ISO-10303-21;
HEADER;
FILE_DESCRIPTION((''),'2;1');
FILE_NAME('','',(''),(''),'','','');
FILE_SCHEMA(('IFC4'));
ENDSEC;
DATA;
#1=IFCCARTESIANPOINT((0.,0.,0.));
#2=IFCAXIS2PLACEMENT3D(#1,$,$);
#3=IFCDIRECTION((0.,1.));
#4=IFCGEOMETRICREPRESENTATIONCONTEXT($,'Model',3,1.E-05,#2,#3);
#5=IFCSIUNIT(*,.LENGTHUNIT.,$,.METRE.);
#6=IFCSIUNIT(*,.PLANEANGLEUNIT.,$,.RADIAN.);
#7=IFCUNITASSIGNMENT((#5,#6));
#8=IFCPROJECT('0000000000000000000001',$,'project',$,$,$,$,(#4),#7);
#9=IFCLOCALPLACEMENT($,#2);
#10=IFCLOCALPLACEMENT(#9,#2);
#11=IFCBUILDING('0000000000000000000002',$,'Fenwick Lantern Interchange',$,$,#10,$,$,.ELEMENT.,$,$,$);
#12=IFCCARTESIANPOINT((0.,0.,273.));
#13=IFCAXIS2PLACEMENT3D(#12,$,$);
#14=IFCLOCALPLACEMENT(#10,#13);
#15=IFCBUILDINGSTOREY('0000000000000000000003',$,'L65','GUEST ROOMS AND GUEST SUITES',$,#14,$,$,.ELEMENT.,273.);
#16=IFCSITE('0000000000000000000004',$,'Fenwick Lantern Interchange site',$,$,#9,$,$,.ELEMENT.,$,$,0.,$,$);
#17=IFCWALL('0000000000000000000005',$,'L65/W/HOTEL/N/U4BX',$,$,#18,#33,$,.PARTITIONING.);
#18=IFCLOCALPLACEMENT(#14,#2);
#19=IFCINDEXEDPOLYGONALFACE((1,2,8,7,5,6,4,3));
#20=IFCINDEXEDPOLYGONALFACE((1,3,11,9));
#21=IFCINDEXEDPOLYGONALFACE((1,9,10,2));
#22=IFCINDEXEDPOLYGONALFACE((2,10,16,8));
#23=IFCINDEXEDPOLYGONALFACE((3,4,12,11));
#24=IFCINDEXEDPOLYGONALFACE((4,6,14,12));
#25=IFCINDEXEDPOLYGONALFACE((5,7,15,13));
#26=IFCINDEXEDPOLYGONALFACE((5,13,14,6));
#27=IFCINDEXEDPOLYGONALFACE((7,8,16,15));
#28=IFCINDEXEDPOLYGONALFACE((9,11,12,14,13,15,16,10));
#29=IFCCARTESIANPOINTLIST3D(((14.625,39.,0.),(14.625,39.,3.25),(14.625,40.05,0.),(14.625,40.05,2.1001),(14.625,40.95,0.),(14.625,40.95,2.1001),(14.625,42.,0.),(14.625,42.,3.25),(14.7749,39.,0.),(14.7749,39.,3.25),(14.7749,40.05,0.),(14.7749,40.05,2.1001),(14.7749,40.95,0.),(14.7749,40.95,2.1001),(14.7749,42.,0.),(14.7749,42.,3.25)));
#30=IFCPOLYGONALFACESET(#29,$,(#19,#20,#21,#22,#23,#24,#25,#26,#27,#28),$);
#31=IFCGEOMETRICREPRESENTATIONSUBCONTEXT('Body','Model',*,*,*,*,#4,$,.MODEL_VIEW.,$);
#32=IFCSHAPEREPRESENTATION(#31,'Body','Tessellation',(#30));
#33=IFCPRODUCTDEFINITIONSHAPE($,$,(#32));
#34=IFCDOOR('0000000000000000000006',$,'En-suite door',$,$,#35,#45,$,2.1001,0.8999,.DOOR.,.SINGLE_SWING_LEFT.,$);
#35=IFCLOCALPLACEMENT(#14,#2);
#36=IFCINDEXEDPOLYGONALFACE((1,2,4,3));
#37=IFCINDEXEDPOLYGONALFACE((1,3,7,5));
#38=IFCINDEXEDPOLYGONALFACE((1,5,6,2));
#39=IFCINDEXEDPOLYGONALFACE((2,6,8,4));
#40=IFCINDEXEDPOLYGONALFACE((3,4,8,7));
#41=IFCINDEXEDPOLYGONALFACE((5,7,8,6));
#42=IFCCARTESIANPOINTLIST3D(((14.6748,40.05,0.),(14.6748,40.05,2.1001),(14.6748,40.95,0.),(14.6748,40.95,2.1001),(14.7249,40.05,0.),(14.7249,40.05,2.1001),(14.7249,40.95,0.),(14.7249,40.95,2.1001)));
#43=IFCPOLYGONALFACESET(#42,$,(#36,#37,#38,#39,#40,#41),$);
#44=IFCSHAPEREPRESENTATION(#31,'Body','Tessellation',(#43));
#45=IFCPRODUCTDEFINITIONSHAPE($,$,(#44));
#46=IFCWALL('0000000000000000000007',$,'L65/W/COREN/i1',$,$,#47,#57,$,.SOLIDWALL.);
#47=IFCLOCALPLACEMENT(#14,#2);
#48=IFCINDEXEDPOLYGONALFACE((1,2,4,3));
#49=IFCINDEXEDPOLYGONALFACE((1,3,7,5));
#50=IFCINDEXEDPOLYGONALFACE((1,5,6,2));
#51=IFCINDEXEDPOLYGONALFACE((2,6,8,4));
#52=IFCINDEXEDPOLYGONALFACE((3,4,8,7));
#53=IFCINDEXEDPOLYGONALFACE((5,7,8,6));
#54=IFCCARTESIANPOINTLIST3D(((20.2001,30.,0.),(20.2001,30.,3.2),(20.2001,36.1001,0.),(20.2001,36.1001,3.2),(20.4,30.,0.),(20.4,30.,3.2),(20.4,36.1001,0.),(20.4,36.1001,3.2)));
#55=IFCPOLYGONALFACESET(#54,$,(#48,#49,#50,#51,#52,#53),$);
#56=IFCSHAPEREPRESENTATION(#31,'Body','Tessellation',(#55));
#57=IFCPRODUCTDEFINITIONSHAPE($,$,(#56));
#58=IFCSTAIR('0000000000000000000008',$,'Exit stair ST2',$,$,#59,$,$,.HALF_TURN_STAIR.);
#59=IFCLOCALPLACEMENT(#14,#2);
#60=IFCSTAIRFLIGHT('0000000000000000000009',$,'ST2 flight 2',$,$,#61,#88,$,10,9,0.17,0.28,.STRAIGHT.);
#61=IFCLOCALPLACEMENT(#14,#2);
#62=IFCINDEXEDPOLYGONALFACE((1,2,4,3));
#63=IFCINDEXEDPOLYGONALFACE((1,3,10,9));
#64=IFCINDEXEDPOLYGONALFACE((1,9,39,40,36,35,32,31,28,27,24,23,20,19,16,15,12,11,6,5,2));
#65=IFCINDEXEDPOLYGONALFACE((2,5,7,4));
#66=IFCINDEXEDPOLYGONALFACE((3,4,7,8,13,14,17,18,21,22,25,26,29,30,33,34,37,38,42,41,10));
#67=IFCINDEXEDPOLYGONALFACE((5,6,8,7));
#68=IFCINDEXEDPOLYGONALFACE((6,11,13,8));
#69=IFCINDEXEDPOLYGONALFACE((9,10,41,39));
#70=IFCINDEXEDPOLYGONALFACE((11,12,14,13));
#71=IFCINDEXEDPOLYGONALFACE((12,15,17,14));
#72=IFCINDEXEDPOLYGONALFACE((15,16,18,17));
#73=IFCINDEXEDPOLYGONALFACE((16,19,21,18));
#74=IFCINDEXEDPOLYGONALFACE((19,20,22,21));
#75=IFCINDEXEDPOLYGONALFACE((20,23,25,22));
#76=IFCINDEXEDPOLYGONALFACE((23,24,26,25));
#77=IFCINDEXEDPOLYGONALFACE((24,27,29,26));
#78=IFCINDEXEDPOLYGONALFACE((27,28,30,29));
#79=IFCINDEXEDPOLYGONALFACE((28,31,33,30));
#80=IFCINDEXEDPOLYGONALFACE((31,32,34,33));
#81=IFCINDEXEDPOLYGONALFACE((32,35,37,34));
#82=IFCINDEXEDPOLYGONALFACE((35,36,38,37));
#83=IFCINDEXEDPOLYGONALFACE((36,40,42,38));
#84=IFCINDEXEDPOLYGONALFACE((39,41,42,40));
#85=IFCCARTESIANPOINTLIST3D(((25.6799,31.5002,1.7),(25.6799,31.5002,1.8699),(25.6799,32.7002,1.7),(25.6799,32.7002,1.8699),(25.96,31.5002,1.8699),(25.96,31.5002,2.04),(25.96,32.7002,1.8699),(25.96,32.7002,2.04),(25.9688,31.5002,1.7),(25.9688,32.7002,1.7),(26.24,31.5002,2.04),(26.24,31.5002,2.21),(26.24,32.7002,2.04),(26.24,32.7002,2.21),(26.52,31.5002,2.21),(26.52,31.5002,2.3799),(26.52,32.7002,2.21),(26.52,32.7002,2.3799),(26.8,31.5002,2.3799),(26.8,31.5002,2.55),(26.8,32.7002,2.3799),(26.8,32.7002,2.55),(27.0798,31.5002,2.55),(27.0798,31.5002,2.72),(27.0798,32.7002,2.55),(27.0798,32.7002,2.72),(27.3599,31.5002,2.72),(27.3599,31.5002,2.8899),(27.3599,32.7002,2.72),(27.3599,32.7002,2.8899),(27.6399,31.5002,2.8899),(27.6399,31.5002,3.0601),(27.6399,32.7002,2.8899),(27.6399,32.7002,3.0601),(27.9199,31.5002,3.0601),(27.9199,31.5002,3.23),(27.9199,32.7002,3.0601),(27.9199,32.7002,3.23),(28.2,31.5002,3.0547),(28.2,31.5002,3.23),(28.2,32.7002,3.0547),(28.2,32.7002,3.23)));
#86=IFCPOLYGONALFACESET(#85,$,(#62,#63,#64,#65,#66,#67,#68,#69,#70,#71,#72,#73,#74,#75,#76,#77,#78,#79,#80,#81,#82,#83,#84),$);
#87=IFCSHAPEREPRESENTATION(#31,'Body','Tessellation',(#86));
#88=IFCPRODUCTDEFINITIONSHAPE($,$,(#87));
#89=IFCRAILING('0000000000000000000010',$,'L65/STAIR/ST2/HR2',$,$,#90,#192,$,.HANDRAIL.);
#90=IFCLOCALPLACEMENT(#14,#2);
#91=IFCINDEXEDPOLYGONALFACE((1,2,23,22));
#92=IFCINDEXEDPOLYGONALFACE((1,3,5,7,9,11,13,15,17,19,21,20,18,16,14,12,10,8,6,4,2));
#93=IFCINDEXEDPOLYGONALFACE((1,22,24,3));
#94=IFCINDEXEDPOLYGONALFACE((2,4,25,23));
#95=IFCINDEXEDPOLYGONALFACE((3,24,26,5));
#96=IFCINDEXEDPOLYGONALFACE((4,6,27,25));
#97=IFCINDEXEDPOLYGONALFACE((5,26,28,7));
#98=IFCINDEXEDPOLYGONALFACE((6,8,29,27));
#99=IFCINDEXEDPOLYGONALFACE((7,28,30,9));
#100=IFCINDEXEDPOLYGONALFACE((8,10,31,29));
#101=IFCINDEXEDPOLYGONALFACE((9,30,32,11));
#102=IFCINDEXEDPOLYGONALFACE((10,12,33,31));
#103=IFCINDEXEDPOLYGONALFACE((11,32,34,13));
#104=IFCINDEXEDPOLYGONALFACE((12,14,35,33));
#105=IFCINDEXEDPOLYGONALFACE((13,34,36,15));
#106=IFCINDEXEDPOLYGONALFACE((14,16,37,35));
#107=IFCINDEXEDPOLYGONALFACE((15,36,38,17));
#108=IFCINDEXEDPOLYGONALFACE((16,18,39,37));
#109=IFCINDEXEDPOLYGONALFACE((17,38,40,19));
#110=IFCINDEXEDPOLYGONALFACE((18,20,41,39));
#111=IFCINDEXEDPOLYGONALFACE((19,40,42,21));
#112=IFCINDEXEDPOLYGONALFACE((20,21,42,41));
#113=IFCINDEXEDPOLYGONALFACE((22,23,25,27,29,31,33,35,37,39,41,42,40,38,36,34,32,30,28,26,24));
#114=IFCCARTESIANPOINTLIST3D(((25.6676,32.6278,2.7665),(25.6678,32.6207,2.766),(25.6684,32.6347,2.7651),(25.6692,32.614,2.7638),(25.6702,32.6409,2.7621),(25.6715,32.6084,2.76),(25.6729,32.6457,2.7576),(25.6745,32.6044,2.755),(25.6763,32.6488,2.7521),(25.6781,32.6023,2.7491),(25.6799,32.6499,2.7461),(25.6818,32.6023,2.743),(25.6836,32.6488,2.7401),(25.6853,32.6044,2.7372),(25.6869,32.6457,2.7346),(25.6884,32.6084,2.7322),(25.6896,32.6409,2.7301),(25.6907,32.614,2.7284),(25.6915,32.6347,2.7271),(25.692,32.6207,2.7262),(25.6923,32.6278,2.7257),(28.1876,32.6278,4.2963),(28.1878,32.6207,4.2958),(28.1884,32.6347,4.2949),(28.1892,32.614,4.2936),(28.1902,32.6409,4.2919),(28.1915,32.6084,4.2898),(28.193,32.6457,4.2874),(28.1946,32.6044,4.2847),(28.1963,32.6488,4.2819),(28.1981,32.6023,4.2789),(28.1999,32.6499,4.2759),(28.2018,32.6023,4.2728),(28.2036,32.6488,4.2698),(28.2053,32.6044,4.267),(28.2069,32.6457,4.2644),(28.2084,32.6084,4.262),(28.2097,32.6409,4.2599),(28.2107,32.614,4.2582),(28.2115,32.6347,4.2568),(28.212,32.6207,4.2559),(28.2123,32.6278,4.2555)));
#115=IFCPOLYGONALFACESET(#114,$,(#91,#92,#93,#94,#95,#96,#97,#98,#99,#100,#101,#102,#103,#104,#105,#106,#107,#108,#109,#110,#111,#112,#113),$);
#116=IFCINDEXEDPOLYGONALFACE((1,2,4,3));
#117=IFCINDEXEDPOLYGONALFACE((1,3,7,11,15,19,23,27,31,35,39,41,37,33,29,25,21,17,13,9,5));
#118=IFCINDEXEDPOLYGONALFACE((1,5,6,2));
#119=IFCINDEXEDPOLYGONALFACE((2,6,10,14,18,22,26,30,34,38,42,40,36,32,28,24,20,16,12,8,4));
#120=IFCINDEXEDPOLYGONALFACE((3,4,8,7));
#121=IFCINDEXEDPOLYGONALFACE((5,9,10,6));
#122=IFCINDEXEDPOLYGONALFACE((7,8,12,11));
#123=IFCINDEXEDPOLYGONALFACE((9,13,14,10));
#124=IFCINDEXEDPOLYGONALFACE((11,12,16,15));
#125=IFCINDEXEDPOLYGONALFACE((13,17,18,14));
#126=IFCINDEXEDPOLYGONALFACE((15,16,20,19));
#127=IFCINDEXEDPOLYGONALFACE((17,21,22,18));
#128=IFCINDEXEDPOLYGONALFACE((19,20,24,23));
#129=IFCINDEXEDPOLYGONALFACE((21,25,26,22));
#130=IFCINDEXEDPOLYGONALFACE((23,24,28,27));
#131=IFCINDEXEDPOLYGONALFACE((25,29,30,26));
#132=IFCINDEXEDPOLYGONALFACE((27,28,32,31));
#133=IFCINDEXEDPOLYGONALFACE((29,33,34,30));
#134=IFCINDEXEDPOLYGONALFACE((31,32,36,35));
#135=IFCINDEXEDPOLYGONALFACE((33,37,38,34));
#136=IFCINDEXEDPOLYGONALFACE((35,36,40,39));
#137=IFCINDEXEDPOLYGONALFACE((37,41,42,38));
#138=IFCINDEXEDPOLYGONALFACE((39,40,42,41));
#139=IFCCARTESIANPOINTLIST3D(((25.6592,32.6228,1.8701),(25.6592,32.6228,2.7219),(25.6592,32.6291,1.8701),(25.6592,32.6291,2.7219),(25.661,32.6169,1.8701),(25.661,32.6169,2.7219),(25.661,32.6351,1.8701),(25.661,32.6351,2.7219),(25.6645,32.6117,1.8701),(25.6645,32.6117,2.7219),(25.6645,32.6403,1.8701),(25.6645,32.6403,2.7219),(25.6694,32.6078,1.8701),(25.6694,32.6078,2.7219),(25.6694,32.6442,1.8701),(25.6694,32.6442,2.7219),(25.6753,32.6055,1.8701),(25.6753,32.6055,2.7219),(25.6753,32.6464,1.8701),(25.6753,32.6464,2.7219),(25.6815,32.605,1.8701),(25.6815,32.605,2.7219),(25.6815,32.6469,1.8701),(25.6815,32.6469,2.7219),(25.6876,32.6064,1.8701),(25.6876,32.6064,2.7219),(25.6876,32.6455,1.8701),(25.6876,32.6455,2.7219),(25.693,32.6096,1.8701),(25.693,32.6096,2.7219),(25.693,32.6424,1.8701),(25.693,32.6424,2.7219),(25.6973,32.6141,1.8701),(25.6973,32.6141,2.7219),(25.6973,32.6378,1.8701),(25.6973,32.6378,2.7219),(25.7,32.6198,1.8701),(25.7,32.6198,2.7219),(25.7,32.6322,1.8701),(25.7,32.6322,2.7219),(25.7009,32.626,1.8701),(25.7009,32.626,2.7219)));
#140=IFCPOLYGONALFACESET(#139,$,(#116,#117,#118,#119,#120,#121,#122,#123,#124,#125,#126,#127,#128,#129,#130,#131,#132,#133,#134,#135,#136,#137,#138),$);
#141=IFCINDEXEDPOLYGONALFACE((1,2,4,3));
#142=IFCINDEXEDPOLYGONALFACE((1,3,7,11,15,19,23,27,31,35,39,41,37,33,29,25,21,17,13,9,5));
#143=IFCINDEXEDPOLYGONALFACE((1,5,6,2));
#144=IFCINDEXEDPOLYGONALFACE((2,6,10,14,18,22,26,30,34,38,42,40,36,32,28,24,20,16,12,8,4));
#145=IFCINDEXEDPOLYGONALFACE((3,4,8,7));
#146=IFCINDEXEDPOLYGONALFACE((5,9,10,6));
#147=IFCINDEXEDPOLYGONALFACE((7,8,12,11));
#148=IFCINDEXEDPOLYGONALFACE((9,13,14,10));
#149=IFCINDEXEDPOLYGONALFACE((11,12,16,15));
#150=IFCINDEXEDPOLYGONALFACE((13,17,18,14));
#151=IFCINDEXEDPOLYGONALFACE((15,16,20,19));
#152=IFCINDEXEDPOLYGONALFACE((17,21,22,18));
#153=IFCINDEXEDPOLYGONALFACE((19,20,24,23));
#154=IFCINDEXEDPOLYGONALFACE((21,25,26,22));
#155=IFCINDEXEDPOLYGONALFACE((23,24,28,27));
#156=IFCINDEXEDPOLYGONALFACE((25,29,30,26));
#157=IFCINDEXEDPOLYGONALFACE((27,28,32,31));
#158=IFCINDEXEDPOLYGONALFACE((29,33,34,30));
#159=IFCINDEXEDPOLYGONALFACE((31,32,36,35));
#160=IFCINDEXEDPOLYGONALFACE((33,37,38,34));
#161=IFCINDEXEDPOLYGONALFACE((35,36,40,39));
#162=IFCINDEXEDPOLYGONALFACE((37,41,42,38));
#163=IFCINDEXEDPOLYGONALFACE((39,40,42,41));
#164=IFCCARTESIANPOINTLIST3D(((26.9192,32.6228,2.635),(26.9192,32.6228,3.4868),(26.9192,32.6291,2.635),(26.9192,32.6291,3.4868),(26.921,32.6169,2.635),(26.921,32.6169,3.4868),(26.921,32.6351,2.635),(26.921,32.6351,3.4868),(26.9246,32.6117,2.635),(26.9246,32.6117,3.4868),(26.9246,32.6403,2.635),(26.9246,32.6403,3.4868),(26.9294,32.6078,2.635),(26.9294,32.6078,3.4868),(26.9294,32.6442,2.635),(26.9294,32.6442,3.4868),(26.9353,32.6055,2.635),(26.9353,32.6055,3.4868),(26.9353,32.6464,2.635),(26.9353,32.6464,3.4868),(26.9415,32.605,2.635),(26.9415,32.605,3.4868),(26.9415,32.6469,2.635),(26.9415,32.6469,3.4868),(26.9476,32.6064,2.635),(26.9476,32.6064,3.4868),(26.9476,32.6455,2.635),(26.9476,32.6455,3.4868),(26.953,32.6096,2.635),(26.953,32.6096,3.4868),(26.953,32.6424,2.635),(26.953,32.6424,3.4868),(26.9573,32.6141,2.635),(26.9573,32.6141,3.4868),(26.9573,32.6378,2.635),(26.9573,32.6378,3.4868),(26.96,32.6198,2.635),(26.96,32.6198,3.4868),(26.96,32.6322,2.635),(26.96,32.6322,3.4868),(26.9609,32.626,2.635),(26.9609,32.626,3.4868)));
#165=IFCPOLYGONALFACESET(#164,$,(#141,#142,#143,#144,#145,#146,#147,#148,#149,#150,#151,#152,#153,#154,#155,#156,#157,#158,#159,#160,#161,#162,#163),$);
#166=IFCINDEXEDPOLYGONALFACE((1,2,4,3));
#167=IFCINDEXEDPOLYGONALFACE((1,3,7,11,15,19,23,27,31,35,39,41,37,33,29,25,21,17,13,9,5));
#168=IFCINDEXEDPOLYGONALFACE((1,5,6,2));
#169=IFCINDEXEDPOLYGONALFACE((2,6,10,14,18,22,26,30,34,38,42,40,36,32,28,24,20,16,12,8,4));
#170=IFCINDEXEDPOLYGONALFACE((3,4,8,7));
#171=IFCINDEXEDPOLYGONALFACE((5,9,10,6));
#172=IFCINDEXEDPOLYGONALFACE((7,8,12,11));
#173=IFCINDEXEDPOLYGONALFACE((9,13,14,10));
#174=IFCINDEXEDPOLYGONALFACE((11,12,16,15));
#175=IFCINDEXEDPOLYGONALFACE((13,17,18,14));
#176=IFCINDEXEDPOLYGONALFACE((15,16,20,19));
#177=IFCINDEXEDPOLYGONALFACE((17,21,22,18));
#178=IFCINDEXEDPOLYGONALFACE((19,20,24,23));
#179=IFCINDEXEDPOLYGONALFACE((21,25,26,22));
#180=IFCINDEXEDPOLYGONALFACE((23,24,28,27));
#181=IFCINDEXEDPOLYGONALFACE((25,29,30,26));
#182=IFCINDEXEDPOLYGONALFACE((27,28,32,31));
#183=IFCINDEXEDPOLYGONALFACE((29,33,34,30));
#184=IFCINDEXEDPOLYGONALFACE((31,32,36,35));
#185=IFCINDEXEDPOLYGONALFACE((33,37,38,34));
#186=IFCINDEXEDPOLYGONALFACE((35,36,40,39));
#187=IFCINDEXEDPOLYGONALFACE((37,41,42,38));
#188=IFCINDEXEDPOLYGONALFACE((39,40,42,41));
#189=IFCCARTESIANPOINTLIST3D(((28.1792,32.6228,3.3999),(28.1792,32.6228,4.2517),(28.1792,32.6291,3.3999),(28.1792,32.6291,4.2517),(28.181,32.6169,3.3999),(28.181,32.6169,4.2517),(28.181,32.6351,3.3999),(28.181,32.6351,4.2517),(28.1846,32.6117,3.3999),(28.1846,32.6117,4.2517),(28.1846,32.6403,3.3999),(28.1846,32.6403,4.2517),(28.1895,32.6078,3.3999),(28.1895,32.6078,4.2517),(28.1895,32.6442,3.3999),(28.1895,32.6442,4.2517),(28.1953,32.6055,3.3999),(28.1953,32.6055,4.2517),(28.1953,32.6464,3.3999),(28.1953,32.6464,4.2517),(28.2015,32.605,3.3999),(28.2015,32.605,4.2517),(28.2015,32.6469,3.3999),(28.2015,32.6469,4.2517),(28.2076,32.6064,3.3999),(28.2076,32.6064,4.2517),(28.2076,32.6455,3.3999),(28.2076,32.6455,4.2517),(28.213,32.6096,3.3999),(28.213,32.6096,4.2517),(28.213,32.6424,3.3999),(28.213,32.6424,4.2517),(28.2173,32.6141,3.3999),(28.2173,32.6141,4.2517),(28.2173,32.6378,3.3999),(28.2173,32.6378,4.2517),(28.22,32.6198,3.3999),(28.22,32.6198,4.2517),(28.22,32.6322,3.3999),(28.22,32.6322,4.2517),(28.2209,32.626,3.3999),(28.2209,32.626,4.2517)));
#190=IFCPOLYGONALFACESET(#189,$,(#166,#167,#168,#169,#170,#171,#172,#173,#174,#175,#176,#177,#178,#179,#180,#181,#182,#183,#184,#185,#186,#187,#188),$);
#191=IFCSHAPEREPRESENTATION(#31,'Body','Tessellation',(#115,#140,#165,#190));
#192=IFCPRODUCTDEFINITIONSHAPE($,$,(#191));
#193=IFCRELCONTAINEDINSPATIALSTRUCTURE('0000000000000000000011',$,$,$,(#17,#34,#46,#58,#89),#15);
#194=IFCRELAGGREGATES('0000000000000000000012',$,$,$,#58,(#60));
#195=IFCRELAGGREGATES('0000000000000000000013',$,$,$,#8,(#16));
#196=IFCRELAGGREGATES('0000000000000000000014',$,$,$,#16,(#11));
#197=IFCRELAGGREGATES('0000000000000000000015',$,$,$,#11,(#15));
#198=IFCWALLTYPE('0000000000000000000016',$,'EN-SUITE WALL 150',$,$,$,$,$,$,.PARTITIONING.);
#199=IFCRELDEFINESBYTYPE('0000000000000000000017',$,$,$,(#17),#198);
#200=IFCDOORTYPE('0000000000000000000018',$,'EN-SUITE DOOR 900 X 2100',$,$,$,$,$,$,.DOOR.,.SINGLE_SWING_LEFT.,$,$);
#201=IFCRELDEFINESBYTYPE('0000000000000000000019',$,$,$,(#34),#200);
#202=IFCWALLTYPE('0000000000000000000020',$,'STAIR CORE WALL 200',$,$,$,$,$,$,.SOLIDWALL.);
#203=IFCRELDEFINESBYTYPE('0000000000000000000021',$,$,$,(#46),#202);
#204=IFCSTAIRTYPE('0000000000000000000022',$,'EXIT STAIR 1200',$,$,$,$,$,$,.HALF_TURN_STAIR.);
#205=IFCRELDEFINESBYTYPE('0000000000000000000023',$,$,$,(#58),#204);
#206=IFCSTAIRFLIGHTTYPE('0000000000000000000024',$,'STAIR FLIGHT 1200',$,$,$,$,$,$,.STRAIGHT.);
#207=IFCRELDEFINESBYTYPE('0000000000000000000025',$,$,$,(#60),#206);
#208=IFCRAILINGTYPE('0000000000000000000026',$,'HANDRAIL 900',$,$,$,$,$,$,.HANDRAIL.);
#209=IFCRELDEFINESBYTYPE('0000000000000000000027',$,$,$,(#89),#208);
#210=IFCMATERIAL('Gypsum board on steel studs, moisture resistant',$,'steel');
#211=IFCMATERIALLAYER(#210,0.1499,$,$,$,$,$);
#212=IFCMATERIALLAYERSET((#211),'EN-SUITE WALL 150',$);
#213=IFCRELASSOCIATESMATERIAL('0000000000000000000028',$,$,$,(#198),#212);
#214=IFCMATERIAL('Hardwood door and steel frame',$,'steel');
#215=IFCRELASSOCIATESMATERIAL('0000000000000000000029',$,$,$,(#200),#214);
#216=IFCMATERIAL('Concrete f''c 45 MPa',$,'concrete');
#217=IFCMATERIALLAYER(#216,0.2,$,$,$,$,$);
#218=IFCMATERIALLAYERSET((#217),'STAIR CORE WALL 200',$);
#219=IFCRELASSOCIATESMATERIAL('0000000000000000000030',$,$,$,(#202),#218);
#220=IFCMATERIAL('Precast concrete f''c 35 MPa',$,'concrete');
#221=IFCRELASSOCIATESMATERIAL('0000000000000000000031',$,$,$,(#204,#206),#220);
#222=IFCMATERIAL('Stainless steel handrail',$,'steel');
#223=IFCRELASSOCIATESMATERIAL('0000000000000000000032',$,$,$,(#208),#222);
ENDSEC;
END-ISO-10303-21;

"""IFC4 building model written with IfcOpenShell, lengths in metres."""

from ifc_helpers import new_model, si_unit, direction, frame, frame_2d, origin, origin_2d, place, context, subcontext, project, spatial, polyline, rectangle, circle, outline, extrude, material, layer, layer_set, type_object, element, fill, aggregate, save


model = new_model("IFC4")

# Units and contexts
model_context = context("Model", 3, precision=1e-05, world=origin(), true_north=direction((0.0, 1.0)))
body_context = subcontext(model_context, "Body", "Model", "MODEL_VIEW")
ifc_project = project(units=[si_unit("LENGTHUNIT", "METRE"), si_unit("PLANEANGLEUNIT", "RADIAN")], contexts=[model_context])

# Site, building, storey
site_placement = place(None, origin())
site = spatial("IfcSite", under=ifc_project, at=site_placement, Name="Fenwick Lantern Interchange site", CompositionType="ELEMENT", RefElevation=0.0)
building_placement = place(site_placement, origin())
building = spatial("IfcBuilding", under=site, at=building_placement, Name="Fenwick Lantern Interchange", CompositionType="ELEMENT")
storey_placement = place(building_placement, frame((0.0, 0.0, 273.0)))
storey = spatial("IfcBuildingStorey", under=building, at=storey_placement, Name="L65", Description="GUEST ROOMS AND GUEST SUITES", CompositionType="ELEMENT", Elevation=273.0)

# Shared definitions
ifc_material_1 = material(Name="Hardwood door and steel frame", Category="steel")

# Shared definitions
ifc_material_2 = material(Name="Gypsum board on steel studs, moisture resistant", Category="steel")
ifc_layer_1 = layer(ifc_material_2, 0.1499)
ifc_layer_set_1 = layer_set([ifc_layer_1], Name="EN-SUITE WALL 150")
wall_type_1 = type_object("IfcWallType", Name="EN-SUITE WALL 150", PredefinedType="PARTITIONING", material=ifc_layer_set_1)
door_type_1 = type_object("IfcDoorType", Name="EN-SUITE DOOR 900 X 2100", OperationType="SINGLE_SWING_LEFT", PredefinedType="DOOR", material=ifc_material_1)

# Wall, opening, door
wall_1_placement = place(storey_placement, frame((14.7, 42.0, 0.0), z_axis=(0.0, 0.0, 1.0), x_axis=(0.0, -1.0, 0.0)))
wall_1 = element("IfcWall", 1, at=wall_1_placement, inside=storey, type_object=wall_type_1, Name="L65/W/HOTEL/N/U4BX", PredefinedType="PARTITIONING", context=body_context, shape_type="SweptSolid", body=[
    extrude(rectangle(XDim=3.0, YDim=0.1499, at=frame_2d((1.5, 0.0))), origin(), (0.0, 0.0, 1.0), 3.25),
])
opening_1_placement = place(wall_1_placement, frame((1.05, 0.0, 0.0)))
opening_1 = element("IfcOpeningElement", 2, at=opening_1_placement, cuts=wall_1, PredefinedType="OPENING", context=body_context, shape_type="SweptSolid", body=[
    extrude(rectangle(XDim=0.8999, YDim=2.1001, at=frame_2d((0.45, 1.05))), frame((0.0, 0.085, 0.0), z_axis=(0.0, -1.0, 0.0), x_axis=(1.0, 0.0, 0.0)), (0.0, 0.0, 1.0), 0.1699),
])
door_1_placement = place(opening_1_placement, origin())
door_1 = element("IfcDoor", 3, at=door_1_placement, inside=storey, type_object=door_type_1, Name="En-suite door", OperationType="SINGLE_SWING_LEFT", OverallHeight=2.1001, OverallWidth=0.8999, PredefinedType="DOOR", context=body_context, shape_type="SweptSolid", body=[
    extrude(rectangle(XDim=0.8999, YDim=2.1001, at=frame_2d((0.45, 1.05))), frame((0.0, 0.0249, 0.0), z_axis=(0.0, -1.0, 0.0), x_axis=(1.0, 0.0, 0.0)), (0.0, 0.0, 1.0), 0.05),
])
fill(opening_1, door_1)

# Wall
ifc_material_3 = material(Name="Concrete f'c 45 MPa", Category="concrete")
ifc_layer_2 = layer(ifc_material_3, 0.2)
ifc_layer_set_2 = layer_set([ifc_layer_2], Name="STAIR CORE WALL 200")
wall_type_2 = type_object("IfcWallType", Name="STAIR CORE WALL 200", PredefinedType="SOLIDWALL", material=ifc_layer_set_2)
wall_2_placement = place(storey_placement, frame((20.3, 36.1001, 0.0), z_axis=(0.0, 0.0, 1.0), x_axis=(0.0, -1.0, 0.0)))
element("IfcWall", 4, at=wall_2_placement, inside=storey, type_object=wall_type_2, Name="L65/W/COREN/i1", PredefinedType="SOLIDWALL", context=body_context, shape_type="SweptSolid", body=[
    extrude(rectangle(XDim=6.1001, YDim=0.2, at=frame_2d((3.05, 0.0))), origin(), (0.0, 0.0, 1.0), 3.2),
])

# Stair, stair flight
ifc_material_4 = material(Name="Precast concrete f'c 35 MPa", Category="concrete")
stair_type = type_object("IfcStairType", Name="EXIT STAIR 1200", PredefinedType="HALF_TURN_STAIR", material=ifc_material_4)
stair_placement = place(storey_placement, origin())
stair = element("IfcStair", 5, at=stair_placement, inside=storey, type_object=stair_type, Name="Exit stair ST2", PredefinedType="HALF_TURN_STAIR")
stair_flight_type = type_object("IfcStairFlightType", Name="STAIR FLIGHT 1200", PredefinedType="STRAIGHT", material=ifc_material_4)
stair_flight_placement = place(storey_placement, frame((25.6799, 32.1001, 1.7), z_axis=(0.0, 0.0, 1.0), x_axis=(1.0, 0.0, 0.0)))
stair_flight = element("IfcStairFlight", 6, at=stair_flight_placement, type_object=stair_flight_type, Name="ST2 flight 2", NumberOfRisers=10, NumberOfTreads=9, PredefinedType="STRAIGHT", RiserHeight=0.17, TreadLength=0.28, context=body_context, shape_type="SweptSolid", body=[
    extrude(outline(polyline([(0.0, 0.0), (0.0, 0.1699), (0.28, 0.1699), (0.28, 0.3401), (0.5601, 0.3401), (0.5601, 0.51), (0.8401, 0.51), (0.8401, 0.6799), (1.1201, 0.6799), (1.1201, 0.8501), (1.3999, 0.8501), (1.3999, 1.02), (1.6799, 1.02), (1.6799, 1.1899), (1.96, 1.1899), (1.96, 1.3601), (2.24, 1.3601), (2.24, 1.53), (2.52, 1.53), (2.52, 1.7), (2.52, 1.3547), (0.2888, 0.0), (0.0, 0.0)])), frame((0.0, 0.6001, 0.0), z_axis=(0.0, -1.0, 0.0), x_axis=(1.0, 0.0, 0.0)), (0.0, 0.0, 1.0), 1.2),
])
aggregate(stair, [stair_flight])

# Railing
ifc_material_5 = material(Name="Stainless steel handrail", Category="steel")
railing_type = type_object("IfcRailingType", Name="HANDRAIL 900", PredefinedType="HANDRAIL", material=ifc_material_5)
railing_placement = place(storey_placement, frame((25.6799, 32.626, 1.8701)))
element("IfcRailing", 7, at=railing_placement, inside=storey, type_object=railing_type, Name="L65/STAIR/ST2/HR2", PredefinedType="HANDRAIL", context=body_context, shape_type="SweptSolid", body=[
    extrude(circle(Radius=0.0239, at=origin_2d()), frame((0.0, 0.0, 0.876), z_axis=(0.854822, 0.0, 0.518922), x_axis=(0.0, 1.0, 0.0)), (0.0, 0.0, 1.0), 2.948),
    extrude(circle(Radius=0.021, at=origin_2d()), origin(), (0.0, 0.0, 1.0), 0.8518),
    extrude(circle(Radius=0.021, at=origin_2d()), frame((1.26, 0.0, 0.7649)), (0.0, 0.0, 1.0), 0.8518),
    extrude(circle(Radius=0.021, at=origin_2d()), frame((2.52, 0.0, 1.5298)), (0.0, 0.0, 1.0), 0.8518),
])

save(model, "model.ifc")
